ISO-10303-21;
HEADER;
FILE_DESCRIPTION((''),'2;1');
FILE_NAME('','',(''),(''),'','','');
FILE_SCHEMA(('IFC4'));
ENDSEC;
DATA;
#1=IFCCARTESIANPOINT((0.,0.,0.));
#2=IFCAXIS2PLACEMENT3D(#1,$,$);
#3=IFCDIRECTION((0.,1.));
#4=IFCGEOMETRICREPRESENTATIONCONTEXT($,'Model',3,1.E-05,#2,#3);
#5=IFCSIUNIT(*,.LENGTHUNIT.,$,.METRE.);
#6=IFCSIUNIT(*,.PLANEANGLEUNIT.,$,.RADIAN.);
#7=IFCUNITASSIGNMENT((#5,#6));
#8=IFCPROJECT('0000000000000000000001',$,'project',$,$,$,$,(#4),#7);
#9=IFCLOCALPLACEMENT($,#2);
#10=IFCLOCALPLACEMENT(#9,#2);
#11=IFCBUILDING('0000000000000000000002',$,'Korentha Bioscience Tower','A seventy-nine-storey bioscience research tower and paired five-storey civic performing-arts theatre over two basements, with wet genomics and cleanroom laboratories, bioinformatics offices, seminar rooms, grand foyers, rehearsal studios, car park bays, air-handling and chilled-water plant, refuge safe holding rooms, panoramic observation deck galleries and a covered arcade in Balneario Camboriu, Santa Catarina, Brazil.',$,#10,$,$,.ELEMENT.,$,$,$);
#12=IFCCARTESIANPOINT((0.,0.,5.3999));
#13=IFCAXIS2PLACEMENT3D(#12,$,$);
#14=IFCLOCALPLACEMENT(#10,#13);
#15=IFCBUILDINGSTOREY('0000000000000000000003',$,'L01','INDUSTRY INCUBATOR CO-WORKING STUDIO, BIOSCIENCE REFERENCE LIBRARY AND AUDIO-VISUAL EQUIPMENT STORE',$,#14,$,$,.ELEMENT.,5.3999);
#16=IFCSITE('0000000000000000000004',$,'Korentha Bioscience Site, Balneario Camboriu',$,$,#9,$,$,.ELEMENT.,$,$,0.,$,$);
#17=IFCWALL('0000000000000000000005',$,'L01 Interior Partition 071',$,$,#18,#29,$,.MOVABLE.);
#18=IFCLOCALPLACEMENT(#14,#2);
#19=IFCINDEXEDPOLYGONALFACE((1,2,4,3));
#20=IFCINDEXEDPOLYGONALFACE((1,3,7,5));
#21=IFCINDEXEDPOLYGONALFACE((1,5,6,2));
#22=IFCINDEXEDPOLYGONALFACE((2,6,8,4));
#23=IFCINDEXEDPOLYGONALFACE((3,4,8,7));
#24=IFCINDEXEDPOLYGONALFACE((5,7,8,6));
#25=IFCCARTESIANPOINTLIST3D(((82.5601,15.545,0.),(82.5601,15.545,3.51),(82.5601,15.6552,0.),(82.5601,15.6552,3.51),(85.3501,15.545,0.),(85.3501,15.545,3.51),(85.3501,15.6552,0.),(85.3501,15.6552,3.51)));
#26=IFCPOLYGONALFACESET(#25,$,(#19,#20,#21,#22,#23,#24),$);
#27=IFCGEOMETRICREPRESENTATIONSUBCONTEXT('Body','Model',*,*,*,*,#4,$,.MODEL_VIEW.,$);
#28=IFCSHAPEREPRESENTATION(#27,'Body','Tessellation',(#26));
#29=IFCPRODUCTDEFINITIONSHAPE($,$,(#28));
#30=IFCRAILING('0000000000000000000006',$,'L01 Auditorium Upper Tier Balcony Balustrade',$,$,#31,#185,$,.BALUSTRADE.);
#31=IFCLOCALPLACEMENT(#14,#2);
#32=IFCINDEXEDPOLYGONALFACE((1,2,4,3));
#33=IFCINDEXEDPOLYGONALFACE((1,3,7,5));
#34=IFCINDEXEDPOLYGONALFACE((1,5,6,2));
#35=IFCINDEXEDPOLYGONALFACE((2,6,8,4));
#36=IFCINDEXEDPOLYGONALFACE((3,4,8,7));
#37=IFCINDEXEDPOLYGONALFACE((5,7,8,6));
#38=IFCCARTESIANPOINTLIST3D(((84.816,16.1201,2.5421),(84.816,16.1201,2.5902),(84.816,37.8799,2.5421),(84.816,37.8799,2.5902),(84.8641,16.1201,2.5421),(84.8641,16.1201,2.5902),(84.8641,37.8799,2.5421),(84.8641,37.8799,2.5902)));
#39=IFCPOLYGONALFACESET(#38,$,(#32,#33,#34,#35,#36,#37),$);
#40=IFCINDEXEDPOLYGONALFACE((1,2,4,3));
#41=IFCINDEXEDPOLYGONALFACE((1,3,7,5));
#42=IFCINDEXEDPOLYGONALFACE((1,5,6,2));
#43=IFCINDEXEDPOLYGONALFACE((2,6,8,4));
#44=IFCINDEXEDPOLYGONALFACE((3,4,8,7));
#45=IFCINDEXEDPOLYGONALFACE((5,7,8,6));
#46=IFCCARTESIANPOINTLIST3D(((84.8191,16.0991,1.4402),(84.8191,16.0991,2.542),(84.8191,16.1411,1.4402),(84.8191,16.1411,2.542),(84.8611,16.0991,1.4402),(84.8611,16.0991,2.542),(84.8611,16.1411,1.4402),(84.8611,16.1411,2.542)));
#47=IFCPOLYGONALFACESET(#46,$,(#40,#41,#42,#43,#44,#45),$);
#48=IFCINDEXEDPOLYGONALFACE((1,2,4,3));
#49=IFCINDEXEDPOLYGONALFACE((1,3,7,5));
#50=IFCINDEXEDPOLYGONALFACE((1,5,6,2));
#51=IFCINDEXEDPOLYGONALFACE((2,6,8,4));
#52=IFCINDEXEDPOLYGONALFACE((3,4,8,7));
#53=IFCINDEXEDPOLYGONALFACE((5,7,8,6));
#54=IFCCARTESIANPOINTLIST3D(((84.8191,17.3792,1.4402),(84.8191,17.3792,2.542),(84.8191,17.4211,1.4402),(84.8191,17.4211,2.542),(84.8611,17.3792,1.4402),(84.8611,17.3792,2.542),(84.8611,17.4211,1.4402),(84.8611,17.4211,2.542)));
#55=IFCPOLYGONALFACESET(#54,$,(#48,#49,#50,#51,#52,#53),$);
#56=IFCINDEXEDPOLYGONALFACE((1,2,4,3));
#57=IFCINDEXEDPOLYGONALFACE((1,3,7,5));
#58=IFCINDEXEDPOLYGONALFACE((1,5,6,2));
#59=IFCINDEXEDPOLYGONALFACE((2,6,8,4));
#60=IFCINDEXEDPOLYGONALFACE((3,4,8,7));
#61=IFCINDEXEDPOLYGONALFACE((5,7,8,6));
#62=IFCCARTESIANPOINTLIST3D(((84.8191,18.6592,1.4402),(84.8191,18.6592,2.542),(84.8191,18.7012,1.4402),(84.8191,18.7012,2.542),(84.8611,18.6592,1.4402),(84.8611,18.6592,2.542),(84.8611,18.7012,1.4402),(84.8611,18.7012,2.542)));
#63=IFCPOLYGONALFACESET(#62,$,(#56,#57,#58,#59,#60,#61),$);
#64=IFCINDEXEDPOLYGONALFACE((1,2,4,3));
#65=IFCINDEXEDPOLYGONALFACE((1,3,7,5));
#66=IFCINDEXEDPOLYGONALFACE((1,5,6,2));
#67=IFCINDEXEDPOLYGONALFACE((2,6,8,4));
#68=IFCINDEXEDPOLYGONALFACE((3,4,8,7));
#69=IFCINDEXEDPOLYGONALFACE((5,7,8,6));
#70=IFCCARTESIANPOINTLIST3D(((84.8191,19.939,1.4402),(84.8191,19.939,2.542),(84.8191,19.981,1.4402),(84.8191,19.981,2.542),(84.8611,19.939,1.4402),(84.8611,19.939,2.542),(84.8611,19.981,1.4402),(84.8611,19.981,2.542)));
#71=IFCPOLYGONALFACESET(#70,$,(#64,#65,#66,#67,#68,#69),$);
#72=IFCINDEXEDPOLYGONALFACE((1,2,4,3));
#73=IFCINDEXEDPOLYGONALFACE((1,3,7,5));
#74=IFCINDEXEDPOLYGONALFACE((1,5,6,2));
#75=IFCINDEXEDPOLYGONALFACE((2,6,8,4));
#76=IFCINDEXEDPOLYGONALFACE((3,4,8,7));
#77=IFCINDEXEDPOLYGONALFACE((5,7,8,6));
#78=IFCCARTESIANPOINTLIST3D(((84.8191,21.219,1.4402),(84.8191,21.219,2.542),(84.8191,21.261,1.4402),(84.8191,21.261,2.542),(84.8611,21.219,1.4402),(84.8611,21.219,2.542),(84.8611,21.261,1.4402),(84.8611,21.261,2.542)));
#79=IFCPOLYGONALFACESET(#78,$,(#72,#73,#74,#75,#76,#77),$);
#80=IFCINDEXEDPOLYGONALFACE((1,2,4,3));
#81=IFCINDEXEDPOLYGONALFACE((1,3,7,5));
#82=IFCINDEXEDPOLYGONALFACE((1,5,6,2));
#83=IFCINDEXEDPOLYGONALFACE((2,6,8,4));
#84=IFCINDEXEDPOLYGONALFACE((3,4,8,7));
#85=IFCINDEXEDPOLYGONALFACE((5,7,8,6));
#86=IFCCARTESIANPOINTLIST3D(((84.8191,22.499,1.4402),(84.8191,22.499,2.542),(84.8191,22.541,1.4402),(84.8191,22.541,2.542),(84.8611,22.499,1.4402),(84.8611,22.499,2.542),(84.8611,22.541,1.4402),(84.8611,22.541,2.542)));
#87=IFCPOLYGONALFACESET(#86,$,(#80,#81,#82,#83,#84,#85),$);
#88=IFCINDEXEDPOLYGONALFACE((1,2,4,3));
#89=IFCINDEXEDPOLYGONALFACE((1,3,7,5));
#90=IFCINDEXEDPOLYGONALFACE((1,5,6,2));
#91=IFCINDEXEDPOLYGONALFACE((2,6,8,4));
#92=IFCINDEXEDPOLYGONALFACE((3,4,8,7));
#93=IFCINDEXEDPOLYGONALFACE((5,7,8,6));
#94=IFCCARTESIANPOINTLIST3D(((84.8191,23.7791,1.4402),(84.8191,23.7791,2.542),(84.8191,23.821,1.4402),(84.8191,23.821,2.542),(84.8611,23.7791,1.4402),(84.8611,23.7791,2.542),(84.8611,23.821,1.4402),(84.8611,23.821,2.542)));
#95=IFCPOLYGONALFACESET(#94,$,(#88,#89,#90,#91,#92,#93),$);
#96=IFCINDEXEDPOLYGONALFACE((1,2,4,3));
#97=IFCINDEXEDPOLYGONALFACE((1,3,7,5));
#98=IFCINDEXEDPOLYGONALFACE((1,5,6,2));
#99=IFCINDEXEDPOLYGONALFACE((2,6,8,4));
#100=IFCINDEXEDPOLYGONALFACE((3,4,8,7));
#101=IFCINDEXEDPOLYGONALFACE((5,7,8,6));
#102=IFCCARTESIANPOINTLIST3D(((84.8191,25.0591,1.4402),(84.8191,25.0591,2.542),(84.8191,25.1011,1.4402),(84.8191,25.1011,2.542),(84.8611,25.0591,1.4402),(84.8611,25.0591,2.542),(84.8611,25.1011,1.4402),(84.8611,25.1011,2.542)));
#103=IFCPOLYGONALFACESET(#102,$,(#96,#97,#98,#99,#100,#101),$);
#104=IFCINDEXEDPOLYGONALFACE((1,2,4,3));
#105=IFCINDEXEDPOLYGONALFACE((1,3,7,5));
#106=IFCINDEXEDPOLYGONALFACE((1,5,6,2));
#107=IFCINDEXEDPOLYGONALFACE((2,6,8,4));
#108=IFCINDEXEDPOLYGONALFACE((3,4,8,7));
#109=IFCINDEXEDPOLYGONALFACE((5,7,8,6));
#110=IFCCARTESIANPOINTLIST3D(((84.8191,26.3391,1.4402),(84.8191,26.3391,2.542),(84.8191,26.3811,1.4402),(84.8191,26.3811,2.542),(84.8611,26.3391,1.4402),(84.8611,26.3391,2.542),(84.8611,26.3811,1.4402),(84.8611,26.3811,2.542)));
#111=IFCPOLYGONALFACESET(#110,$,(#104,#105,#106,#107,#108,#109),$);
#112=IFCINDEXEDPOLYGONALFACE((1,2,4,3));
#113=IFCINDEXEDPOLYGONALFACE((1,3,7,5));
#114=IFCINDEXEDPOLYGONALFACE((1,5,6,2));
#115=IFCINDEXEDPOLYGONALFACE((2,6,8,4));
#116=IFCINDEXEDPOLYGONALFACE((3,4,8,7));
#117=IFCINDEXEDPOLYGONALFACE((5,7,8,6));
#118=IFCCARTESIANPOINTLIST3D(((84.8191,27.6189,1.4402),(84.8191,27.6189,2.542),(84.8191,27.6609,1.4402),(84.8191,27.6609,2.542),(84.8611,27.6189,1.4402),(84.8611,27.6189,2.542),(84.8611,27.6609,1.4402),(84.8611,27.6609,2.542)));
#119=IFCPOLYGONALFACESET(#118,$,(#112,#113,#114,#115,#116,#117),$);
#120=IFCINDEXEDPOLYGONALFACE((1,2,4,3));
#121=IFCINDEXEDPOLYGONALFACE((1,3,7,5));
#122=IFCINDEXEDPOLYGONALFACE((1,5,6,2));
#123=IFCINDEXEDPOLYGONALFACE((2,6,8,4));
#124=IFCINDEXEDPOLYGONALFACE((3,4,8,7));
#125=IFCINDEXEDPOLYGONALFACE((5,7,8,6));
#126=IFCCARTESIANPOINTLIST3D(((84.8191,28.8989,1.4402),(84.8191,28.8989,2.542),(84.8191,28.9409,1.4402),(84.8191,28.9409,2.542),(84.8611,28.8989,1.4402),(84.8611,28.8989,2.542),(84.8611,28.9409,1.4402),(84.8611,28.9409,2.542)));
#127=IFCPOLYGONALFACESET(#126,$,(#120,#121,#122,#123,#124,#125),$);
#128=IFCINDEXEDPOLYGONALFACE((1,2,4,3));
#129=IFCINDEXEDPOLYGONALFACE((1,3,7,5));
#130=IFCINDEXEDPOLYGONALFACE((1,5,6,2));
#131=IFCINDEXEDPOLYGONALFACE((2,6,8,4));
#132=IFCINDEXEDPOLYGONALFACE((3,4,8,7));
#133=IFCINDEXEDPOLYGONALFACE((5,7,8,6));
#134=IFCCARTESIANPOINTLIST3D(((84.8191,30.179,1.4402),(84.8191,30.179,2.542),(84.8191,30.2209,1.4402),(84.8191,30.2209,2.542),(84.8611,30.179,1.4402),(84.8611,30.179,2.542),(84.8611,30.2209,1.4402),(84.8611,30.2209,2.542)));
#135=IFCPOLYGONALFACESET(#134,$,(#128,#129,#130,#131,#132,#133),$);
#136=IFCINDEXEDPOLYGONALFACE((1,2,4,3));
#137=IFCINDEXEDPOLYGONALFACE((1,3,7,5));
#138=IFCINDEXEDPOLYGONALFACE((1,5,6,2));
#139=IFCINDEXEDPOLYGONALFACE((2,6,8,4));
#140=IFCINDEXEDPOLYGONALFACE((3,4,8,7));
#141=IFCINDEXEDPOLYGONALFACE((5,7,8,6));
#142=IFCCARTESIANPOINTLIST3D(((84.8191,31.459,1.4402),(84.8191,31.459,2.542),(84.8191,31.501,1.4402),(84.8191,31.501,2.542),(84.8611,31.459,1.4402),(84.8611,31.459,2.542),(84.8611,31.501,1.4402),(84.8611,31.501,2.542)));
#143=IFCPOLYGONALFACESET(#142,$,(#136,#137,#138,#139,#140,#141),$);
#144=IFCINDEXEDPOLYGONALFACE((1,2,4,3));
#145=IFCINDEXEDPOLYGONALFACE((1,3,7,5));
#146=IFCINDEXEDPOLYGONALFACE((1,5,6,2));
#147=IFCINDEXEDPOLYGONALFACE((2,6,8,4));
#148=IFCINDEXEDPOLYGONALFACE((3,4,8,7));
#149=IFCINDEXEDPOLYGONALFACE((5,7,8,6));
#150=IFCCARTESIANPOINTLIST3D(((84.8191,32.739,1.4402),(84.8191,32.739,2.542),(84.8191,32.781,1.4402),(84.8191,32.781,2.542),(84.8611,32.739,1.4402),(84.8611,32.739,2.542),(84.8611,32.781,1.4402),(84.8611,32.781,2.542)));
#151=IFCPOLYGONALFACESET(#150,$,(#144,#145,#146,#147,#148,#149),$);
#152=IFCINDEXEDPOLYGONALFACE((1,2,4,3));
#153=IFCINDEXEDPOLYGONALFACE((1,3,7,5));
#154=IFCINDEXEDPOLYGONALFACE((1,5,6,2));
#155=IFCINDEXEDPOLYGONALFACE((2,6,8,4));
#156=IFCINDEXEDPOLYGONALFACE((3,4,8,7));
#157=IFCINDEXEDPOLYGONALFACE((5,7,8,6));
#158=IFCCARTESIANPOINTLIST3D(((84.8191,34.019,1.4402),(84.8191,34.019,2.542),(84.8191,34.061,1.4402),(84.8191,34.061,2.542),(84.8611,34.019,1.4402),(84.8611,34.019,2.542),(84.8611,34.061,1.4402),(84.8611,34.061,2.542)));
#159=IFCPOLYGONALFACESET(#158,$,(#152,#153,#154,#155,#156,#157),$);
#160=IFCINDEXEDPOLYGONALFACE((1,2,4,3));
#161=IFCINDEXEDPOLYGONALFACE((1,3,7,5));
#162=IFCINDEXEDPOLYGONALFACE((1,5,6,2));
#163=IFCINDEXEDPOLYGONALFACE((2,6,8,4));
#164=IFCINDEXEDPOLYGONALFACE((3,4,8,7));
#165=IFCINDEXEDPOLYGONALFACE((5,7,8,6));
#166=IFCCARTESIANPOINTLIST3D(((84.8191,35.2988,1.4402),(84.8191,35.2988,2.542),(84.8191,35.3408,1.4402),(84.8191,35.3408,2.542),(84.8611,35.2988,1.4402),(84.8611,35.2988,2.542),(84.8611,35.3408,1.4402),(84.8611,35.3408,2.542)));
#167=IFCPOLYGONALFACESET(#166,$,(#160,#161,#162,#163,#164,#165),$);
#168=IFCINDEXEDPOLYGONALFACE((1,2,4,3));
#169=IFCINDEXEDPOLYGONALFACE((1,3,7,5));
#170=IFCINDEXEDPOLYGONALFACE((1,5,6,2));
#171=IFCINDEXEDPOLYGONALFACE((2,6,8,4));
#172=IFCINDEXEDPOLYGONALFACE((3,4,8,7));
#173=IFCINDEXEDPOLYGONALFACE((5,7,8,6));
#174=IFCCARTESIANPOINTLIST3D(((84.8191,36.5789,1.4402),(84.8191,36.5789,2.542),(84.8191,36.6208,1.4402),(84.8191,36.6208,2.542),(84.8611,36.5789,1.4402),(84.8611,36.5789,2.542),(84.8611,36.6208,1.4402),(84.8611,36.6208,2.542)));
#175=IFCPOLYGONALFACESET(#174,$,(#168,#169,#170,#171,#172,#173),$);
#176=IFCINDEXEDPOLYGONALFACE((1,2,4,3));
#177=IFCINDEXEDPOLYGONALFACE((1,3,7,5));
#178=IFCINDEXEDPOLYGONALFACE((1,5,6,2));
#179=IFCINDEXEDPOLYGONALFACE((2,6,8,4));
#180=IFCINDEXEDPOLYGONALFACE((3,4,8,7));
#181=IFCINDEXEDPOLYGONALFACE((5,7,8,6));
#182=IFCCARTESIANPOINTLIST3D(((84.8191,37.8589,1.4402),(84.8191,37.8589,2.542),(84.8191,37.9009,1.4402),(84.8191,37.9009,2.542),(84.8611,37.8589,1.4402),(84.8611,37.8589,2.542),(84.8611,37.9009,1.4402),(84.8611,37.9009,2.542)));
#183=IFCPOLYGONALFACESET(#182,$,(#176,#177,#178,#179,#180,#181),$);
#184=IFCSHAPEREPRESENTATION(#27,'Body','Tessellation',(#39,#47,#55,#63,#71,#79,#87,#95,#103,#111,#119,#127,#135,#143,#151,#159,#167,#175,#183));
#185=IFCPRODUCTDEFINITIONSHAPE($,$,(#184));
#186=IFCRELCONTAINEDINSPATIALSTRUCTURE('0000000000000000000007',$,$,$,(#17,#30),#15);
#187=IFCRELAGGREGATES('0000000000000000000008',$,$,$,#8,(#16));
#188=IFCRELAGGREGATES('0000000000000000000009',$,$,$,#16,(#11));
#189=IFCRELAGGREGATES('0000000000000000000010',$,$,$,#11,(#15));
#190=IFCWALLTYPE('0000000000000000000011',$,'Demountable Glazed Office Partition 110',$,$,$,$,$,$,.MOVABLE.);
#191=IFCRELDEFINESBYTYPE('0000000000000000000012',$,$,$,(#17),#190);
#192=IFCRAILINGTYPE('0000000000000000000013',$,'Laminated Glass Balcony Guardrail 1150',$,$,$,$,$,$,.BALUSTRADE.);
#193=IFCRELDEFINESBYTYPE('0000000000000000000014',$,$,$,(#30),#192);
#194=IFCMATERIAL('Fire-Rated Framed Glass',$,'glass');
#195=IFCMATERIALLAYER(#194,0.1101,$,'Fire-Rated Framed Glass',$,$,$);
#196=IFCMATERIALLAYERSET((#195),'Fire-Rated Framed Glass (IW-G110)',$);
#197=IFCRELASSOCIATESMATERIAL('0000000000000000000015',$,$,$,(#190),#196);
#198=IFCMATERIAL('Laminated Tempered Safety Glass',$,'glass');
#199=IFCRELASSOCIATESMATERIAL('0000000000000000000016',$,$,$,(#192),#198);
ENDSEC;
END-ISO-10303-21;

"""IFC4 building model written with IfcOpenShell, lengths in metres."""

from ifc_helpers import new_model, si_unit, direction, frame, frame_2d, origin, origin_2d, place, context, subcontext, project, spatial, rectangle, extrude, material, layer, layer_set, type_object, element, save


model = new_model("IFC4")

# Units and contexts
model_context = context("Model", 3, precision=1e-05, world=origin(), true_north=direction((0.0, 1.0)))
body_context = subcontext(model_context, "Body", "Model", "MODEL_VIEW")
ifc_project = project(units=[si_unit("LENGTHUNIT", "METRE"), si_unit("PLANEANGLEUNIT", "RADIAN")], contexts=[model_context])

# Site, building, storey
site_placement = place(None, origin())
site = spatial("IfcSite", under=ifc_project, at=site_placement, Name="Korentha Bioscience Site, Balneario Camboriu", CompositionType="ELEMENT", RefElevation=0.0)
building_placement = place(site_placement, origin())
building = spatial("IfcBuilding", under=site, at=building_placement, Name="Korentha Bioscience Tower", Description="A seventy-nine-storey bioscience research tower and paired five-storey civic performing-arts theatre over two basements, with wet genomics and cleanroom laboratories, bioinformatics offices, seminar rooms, grand foyers, rehearsal studios, car park bays, air-handling and chilled-water plant, refuge safe holding rooms, panoramic observation deck galleries and a covered arcade in Balneario Camboriu, Santa Catarina, Brazil.", CompositionType="ELEMENT")
storey_placement = place(building_placement, frame((0.0, 0.0, 5.3999)))
storey = spatial("IfcBuildingStorey", under=building, at=storey_placement, Name="L01", Description="INDUSTRY INCUBATOR CO-WORKING STUDIO, BIOSCIENCE REFERENCE LIBRARY AND AUDIO-VISUAL EQUIPMENT STORE", CompositionType="ELEMENT", Elevation=5.3999)

# Wall
ifc_material_1 = material(Name="Fire-Rated Framed Glass", Category="glass")
ifc_layer_1 = layer(ifc_material_1, 0.1101, Name="Fire-Rated Framed Glass")
ifc_layer_set_1 = layer_set([ifc_layer_1], Name="Fire-Rated Framed Glass (IW-G110)")
wall_type_1 = type_object("IfcWallType", Name="Demountable Glazed Office Partition 110", PredefinedType="MOVABLE", material=ifc_layer_set_1)
wall_1_placement = place(storey_placement, frame((82.5601, 15.6001, 0.0), z_axis=(0.0, 0.0, 1.0), x_axis=(1.0, 0.0, 0.0)))
element("IfcWall", 1, at=wall_1_placement, inside=storey, type_object=wall_type_1, Name="L01 Interior Partition 071", PredefinedType="MOVABLE", context=body_context, shape_type="SweptSolid", body=[
    extrude(rectangle(XDim=2.79, YDim=0.1101, at=frame_2d((1.395, 0.0))), origin(), (0.0, 0.0, 1.0), 3.51),
])

# Railing
ifc_material_2 = material(Name="Laminated Tempered Safety Glass", Category="glass")
railing_type = type_object("IfcRailingType", Name="Laminated Glass Balcony Guardrail 1150", PredefinedType="BALUSTRADE", material=ifc_material_2)
railing_placement = place(storey_placement, frame((84.8401, 16.1201, 1.4402)))
element("IfcRailing", 2, at=railing_placement, inside=storey, type_object=railing_type, Name="L01 Auditorium Upper Tier Balcony Balustrade", PredefinedType="BALUSTRADE", context=body_context, shape_type="SweptSolid", body=[
    extrude(rectangle(XDim=0.0481, YDim=0.0481, at=origin_2d()), frame((0.0, 0.0, 1.126), z_axis=(0.0, 1.0, 0.0), x_axis=(-1.0, 0.0, 0.0)), (0.0, 0.0, 1.0), 21.7598),
    extrude(rectangle(XDim=0.042, YDim=0.042, at=origin_2d()), origin(), (0.0, 0.0, 1.0), 1.1018),
    extrude(rectangle(XDim=0.042, YDim=0.042, at=origin_2d()), frame((0.0, 1.28, 0.0)), (0.0, 0.0, 1.0), 1.1018),
    extrude(rectangle(XDim=0.042, YDim=0.042, at=origin_2d()), frame((0.0, 2.5601, 0.0)), (0.0, 0.0, 1.0), 1.1018),
    extrude(rectangle(XDim=0.042, YDim=0.042, at=origin_2d()), frame((0.0, 3.8398, 0.0)), (0.0, 0.0, 1.0), 1.1018),
    extrude(rectangle(XDim=0.042, YDim=0.042, at=origin_2d()), frame((0.0, 5.1199, 0.0)), (0.0, 0.0, 1.0), 1.1018),
    extrude(rectangle(XDim=0.042, YDim=0.042, at=origin_2d()), frame((0.0, 6.3999, 0.0)), (0.0, 0.0, 1.0), 1.1018),
    extrude(rectangle(XDim=0.042, YDim=0.042, at=origin_2d()), frame((0.0, 7.6799, 0.0)), (0.0, 0.0, 1.0), 1.1018),
    extrude(rectangle(XDim=0.042, YDim=0.042, at=origin_2d()), frame((0.0, 8.96, 0.0)), (0.0, 0.0, 1.0), 1.1018),
    extrude(rectangle(XDim=0.042, YDim=0.042, at=origin_2d()), frame((0.0, 10.24, 0.0)), (0.0, 0.0, 1.0), 1.1018),
    extrude(rectangle(XDim=0.042, YDim=0.042, at=origin_2d()), frame((0.0, 11.5198, 0.0)), (0.0, 0.0, 1.0), 1.1018),
    extrude(rectangle(XDim=0.042, YDim=0.042, at=origin_2d()), frame((0.0, 12.7998, 0.0)), (0.0, 0.0, 1.0), 1.1018),
    extrude(rectangle(XDim=0.042, YDim=0.042, at=origin_2d()), frame((0.0, 14.0798, 0.0)), (0.0, 0.0, 1.0), 1.1018),
    extrude(rectangle(XDim=0.042, YDim=0.042, at=origin_2d()), frame((0.0, 15.3599, 0.0)), (0.0, 0.0, 1.0), 1.1018),
    extrude(rectangle(XDim=0.042, YDim=0.042, at=origin_2d()), frame((0.0, 16.6399, 0.0)), (0.0, 0.0, 1.0), 1.1018),
    extrude(rectangle(XDim=0.042, YDim=0.042, at=origin_2d()), frame((0.0, 17.9199, 0.0)), (0.0, 0.0, 1.0), 1.1018),
    extrude(rectangle(XDim=0.042, YDim=0.042, at=origin_2d()), frame((0.0, 19.1997, 0.0)), (0.0, 0.0, 1.0), 1.1018),
    extrude(rectangle(XDim=0.042, YDim=0.042, at=origin_2d()), frame((0.0, 20.4797, 0.0)), (0.0, 0.0, 1.0), 1.1018),
    extrude(rectangle(XDim=0.042, YDim=0.042, at=origin_2d()), frame((0.0, 21.7598, 0.0)), (0.0, 0.0, 1.0), 1.1018),
])

save(model, "model.ifc")
